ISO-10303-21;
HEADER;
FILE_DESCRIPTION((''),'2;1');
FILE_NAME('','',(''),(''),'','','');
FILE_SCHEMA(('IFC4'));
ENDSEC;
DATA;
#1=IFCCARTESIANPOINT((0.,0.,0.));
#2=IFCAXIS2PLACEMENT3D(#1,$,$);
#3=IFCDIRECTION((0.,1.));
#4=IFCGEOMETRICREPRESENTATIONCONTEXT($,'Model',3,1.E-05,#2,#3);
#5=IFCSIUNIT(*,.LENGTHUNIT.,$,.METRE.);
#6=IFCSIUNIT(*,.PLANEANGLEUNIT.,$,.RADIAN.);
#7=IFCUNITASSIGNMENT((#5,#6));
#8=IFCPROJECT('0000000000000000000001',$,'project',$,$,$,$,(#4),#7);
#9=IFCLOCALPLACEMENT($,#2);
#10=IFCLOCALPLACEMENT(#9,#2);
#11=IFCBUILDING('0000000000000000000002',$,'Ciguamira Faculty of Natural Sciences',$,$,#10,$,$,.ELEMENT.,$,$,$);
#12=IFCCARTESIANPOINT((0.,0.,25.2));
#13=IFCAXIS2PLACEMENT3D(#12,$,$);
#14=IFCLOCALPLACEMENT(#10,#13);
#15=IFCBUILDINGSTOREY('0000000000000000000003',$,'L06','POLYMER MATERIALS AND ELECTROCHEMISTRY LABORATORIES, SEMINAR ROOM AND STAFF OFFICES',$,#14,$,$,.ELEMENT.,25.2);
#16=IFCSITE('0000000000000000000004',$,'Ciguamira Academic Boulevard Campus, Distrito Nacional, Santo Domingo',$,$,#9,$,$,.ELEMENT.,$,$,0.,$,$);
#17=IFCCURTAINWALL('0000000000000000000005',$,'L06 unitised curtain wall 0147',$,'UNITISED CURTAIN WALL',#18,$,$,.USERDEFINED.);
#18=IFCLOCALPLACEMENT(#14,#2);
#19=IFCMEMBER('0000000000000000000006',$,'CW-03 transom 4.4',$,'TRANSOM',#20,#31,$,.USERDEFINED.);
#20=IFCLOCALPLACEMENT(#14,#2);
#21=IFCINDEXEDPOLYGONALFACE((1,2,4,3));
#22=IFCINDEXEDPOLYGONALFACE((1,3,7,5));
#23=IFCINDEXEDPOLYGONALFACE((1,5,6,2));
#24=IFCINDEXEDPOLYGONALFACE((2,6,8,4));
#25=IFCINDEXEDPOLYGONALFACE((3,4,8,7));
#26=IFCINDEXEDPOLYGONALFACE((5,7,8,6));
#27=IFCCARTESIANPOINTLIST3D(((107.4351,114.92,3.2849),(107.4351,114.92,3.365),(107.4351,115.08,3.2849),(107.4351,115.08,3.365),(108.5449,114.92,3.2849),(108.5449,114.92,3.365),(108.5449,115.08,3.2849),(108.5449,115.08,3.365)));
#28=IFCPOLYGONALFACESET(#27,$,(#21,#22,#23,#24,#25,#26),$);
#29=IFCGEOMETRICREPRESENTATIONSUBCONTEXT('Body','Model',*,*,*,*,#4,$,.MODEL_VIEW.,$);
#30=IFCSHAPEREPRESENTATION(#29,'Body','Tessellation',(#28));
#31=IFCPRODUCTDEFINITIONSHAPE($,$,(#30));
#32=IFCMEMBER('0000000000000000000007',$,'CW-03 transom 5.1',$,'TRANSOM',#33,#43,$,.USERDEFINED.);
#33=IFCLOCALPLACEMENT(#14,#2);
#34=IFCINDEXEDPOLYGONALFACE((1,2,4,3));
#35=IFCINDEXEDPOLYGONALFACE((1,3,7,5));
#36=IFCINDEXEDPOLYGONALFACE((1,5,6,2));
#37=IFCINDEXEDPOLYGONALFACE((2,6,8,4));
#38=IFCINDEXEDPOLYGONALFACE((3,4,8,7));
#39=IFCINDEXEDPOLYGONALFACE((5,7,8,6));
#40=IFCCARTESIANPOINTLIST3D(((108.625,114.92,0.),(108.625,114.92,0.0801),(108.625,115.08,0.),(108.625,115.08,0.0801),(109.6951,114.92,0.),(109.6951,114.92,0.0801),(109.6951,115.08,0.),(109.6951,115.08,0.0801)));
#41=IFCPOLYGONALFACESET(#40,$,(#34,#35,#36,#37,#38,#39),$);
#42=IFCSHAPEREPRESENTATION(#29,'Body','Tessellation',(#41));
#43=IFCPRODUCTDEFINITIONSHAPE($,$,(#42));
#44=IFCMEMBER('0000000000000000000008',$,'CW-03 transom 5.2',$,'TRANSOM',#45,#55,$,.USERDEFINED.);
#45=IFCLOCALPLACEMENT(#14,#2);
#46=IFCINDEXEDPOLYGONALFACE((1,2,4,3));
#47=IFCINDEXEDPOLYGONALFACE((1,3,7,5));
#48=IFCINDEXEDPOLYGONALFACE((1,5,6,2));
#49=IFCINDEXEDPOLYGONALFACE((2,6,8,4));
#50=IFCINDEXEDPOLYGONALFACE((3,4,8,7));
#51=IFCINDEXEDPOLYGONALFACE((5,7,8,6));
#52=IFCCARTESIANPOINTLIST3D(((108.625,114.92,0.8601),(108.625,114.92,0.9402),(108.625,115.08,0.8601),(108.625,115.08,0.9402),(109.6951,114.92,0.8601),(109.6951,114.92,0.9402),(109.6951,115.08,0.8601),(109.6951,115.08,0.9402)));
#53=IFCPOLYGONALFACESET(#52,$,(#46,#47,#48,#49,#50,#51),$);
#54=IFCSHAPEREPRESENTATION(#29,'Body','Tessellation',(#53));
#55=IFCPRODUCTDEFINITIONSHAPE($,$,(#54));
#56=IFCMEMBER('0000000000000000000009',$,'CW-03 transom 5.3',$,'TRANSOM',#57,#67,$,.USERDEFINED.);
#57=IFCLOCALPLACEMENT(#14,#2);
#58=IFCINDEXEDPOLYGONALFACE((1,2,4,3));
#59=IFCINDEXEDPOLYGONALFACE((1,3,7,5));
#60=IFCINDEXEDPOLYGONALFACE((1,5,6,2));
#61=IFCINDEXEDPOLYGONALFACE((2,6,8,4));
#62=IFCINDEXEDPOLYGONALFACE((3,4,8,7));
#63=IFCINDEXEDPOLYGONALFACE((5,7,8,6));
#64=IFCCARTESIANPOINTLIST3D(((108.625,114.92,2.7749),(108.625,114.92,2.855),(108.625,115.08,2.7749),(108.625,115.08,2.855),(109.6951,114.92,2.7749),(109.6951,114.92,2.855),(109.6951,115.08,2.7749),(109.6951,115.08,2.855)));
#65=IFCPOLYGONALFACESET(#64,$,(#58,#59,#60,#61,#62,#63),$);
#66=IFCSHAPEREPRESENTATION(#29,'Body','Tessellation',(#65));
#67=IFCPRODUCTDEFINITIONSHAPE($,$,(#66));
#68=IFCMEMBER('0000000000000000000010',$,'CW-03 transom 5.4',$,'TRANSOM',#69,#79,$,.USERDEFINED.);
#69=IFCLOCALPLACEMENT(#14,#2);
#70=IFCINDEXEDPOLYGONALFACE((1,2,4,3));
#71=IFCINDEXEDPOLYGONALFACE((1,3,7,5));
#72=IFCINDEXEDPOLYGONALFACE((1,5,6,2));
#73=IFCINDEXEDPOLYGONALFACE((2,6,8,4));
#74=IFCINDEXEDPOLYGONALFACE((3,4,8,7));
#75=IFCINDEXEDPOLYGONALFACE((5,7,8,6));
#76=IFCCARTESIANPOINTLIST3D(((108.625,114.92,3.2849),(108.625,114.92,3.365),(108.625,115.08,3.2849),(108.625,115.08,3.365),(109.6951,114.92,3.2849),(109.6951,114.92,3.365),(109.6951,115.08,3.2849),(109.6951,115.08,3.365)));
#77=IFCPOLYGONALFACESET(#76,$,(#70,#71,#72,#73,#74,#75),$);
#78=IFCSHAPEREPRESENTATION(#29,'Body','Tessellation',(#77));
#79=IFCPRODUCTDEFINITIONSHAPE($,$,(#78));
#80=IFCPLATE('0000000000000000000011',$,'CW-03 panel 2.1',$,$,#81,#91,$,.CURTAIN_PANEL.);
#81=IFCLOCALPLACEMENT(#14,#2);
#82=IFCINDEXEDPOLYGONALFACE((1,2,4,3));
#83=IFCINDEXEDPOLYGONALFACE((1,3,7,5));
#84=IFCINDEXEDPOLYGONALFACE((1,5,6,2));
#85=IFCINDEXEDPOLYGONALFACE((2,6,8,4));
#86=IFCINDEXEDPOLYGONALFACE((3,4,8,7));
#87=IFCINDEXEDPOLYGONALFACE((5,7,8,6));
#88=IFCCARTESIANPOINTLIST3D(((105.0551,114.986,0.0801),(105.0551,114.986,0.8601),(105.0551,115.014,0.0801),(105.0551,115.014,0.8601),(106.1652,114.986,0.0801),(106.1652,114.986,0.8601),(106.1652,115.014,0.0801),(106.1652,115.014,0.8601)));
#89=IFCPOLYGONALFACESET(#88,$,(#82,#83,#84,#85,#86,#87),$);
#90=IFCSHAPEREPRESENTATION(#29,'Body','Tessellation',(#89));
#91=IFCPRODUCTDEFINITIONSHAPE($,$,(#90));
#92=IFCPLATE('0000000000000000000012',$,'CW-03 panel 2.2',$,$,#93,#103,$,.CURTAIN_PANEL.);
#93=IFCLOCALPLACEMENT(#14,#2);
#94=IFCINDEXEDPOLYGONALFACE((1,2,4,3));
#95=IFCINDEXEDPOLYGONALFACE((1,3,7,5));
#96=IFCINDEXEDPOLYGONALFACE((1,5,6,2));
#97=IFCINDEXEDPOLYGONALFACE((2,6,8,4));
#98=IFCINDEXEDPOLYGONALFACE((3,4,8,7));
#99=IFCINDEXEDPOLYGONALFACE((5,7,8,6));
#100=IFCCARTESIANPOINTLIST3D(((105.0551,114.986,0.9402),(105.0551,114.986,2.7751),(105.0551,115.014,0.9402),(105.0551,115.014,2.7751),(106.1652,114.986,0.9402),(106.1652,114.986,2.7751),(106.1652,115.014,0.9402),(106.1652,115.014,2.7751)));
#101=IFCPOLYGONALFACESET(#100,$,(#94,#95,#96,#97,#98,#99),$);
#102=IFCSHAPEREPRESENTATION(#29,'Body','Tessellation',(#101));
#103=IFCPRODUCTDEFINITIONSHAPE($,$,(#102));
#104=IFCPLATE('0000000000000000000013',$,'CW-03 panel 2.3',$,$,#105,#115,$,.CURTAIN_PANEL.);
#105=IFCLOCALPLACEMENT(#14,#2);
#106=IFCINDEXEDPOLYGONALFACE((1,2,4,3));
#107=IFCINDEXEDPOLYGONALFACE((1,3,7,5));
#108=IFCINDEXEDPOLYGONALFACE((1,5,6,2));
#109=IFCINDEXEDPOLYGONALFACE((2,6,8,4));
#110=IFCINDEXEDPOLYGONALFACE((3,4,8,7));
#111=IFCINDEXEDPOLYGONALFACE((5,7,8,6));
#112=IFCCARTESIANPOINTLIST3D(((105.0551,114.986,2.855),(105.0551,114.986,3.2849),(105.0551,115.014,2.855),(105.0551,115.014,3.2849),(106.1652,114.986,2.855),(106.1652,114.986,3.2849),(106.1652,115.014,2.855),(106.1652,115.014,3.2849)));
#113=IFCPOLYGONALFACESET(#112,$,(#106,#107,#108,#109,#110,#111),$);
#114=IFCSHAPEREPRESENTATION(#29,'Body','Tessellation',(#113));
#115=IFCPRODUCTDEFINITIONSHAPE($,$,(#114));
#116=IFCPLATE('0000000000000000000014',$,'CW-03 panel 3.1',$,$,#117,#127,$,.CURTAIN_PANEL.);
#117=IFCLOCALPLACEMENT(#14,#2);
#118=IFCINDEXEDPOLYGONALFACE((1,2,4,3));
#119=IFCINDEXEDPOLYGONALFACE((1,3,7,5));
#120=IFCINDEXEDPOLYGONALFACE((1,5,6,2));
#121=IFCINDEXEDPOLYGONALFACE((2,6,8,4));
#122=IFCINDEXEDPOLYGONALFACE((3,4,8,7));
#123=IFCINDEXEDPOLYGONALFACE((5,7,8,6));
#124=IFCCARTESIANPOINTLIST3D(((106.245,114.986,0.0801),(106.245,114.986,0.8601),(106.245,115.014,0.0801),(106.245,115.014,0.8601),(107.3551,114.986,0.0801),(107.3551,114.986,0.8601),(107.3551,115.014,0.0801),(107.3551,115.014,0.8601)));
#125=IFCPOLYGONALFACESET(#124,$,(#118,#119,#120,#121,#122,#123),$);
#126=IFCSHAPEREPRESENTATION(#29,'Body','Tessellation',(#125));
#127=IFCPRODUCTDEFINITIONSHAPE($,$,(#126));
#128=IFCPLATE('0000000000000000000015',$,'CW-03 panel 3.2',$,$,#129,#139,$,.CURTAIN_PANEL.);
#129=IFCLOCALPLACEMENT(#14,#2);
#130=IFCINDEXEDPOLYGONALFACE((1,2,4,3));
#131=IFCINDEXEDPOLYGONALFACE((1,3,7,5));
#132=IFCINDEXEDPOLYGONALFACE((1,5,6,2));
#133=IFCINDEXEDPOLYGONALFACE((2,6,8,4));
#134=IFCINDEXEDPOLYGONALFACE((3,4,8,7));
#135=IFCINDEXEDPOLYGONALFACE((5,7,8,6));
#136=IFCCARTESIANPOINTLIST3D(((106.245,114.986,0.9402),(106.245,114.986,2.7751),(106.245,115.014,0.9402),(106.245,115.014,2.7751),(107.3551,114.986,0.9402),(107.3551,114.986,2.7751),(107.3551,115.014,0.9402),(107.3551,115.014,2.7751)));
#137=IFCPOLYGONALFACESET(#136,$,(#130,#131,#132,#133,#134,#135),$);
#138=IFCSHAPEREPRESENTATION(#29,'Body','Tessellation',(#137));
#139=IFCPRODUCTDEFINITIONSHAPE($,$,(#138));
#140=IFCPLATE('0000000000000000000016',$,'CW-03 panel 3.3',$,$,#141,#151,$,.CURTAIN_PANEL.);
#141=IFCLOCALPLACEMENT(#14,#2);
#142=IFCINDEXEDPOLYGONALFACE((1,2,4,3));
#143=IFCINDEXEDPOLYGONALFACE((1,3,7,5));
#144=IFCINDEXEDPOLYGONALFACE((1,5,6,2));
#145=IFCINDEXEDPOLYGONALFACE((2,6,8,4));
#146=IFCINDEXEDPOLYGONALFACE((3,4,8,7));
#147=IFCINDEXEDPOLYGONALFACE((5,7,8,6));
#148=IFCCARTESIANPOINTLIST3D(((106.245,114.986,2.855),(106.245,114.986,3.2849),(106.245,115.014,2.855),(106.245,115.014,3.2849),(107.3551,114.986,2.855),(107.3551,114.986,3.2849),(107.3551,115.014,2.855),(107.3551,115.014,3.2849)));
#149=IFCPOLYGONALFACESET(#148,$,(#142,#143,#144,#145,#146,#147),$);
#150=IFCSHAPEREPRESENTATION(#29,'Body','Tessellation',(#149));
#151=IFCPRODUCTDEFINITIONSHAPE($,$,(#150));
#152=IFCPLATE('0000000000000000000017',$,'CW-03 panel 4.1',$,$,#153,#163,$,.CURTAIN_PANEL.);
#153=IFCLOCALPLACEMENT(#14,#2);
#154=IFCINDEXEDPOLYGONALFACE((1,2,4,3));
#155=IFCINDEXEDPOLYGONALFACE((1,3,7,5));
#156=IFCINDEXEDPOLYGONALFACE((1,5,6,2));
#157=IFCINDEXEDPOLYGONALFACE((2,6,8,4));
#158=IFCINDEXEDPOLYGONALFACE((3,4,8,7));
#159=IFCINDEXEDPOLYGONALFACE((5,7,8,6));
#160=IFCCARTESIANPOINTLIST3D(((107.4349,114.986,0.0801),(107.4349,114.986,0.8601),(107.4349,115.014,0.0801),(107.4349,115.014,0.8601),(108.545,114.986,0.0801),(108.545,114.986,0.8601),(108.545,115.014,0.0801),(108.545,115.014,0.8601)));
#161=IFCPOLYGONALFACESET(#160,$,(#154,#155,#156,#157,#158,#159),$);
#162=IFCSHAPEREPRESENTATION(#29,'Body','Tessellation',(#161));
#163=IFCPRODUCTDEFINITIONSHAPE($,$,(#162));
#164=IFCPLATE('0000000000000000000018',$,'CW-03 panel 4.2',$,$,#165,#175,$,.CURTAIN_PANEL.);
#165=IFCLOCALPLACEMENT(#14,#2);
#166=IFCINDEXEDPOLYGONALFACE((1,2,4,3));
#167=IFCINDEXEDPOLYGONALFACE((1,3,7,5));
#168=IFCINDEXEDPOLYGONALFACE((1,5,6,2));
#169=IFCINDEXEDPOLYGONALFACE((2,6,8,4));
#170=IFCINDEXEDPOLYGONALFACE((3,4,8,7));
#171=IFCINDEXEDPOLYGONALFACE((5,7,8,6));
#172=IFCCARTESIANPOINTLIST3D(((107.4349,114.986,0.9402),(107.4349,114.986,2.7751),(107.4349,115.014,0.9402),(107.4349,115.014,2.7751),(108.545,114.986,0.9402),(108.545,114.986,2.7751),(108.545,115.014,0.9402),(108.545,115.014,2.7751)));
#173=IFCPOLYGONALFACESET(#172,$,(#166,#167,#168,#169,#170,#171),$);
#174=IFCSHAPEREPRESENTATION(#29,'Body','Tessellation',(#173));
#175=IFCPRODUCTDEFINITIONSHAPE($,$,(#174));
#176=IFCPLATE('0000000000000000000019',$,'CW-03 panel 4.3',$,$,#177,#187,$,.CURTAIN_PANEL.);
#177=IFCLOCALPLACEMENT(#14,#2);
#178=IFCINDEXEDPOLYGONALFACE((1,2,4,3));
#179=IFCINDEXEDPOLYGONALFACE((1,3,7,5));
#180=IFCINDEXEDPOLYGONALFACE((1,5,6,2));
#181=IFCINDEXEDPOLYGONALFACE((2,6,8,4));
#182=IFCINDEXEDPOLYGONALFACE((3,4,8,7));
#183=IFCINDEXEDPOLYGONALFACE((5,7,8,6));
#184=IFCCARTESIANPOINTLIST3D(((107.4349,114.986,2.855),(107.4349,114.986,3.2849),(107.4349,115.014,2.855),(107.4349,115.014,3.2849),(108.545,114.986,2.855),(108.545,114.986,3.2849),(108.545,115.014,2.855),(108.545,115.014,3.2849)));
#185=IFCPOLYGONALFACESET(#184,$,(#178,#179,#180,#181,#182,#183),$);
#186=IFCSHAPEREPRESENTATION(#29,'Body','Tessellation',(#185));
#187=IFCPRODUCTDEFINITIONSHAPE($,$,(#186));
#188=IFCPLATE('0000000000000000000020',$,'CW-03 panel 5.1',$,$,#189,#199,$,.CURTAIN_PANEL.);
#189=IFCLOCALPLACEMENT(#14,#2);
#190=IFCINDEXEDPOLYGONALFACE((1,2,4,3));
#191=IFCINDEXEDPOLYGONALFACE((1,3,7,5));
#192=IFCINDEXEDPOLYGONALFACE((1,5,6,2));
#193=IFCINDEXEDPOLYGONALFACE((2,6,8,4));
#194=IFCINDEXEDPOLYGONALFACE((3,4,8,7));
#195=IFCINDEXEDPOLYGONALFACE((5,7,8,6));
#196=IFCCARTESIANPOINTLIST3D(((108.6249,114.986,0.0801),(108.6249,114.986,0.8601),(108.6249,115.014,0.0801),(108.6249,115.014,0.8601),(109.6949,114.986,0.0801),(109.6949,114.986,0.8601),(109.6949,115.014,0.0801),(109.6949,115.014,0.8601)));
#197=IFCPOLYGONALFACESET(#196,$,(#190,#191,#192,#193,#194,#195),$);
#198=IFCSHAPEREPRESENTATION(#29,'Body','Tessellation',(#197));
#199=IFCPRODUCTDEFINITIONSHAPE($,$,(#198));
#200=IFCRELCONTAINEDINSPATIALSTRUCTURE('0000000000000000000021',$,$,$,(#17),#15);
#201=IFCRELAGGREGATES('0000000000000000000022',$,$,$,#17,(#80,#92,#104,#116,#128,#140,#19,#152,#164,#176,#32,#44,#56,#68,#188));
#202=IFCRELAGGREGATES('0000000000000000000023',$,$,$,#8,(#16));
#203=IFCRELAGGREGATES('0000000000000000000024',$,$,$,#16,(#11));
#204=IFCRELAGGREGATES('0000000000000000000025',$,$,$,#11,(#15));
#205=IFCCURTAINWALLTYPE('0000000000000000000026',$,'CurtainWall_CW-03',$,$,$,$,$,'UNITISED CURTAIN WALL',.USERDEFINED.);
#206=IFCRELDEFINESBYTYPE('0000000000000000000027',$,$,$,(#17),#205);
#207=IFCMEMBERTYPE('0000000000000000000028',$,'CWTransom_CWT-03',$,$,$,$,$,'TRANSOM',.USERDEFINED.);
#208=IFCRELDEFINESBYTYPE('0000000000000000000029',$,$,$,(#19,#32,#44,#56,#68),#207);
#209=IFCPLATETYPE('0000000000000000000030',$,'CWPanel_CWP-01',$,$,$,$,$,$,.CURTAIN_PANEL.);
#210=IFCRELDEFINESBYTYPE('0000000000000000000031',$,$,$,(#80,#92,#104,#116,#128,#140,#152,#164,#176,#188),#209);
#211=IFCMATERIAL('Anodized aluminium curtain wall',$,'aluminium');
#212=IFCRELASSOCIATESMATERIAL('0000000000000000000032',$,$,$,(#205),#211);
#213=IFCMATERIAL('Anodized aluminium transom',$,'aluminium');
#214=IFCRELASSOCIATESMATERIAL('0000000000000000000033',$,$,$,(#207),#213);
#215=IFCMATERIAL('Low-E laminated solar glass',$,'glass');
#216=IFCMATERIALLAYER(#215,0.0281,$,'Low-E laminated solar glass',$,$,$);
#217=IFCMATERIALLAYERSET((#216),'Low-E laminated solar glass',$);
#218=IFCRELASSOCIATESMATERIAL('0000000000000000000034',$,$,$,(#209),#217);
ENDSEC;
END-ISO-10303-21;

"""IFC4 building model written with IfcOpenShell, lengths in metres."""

from ifc_helpers import new_model, si_unit, direction, frame, origin, origin_2d, place, context, subcontext, project, spatial, rectangle, extrude, material, layer, layer_set, material_profile, profile_set, type_object, element, aggregate, save


model = new_model("IFC4")

# Units and contexts
model_context = context("Model", 3, precision=1e-05, world=origin(), true_north=direction((0.0, 1.0)))
body_context = subcontext(model_context, "Body", "Model", "MODEL_VIEW")
ifc_project = project(units=[si_unit("LENGTHUNIT", "METRE"), si_unit("PLANEANGLEUNIT", "RADIAN")], contexts=[model_context])

# Site, building, storey
site_placement = place(None, origin())
site = spatial("IfcSite", under=ifc_project, at=site_placement, Name="Ciguamira Academic Boulevard Campus, Distrito Nacional, Santo Domingo", CompositionType="ELEMENT", RefElevation=0.0)
building_placement = place(site_placement, origin())
building = spatial("IfcBuilding", under=site, at=building_placement, Name="Ciguamira Faculty of Natural Sciences", CompositionType="ELEMENT")
storey_placement = place(building_placement, frame((0.0, 0.0, 25.2)))
storey = spatial("IfcBuildingStorey", under=building, at=storey_placement, Name="L06", Description="POLYMER MATERIALS AND ELECTROCHEMISTRY LABORATORIES, SEMINAR ROOM AND STAFF OFFICES", CompositionType="ELEMENT", Elevation=25.2)

# Curtain wall, members, plates
ifc_material_1 = material(Name="Anodized aluminium curtain wall", Category="aluminium")
curtain_wall_type = type_object("IfcCurtainWallType", Name="CurtainWall_CW-03", ElementType="UNITISED CURTAIN WALL", PredefinedType="USERDEFINED", material=ifc_material_1)
curtain_wall_placement = place(storey_placement, origin())
curtain_wall = element("IfcCurtainWall", 1, at=curtain_wall_placement, inside=storey, type_object=curtain_wall_type, Name="L06 unitised curtain wall 0147", ObjectType="UNITISED CURTAIN WALL", PredefinedType="USERDEFINED")
ifc_material_2 = material(Name="Anodized aluminium transom", Category="aluminium")
ifc_material_profile_1 = material_profile(ifc_material_2, rectangle(XDim=0.0801, YDim=0.1599, at=origin_2d()), Name="ALU-TRN-80X160")
ifc_profile_set_1 = profile_set([ifc_material_profile_1], Name="Anodized aluminium transom")
member_type_1 = type_object("IfcMemberType", Name="CWTransom_CWT-03", ElementType="TRANSOM", PredefinedType="USERDEFINED", material=ifc_profile_set_1)
member_1_placement = place(storey_placement, frame((107.4351, 115.0, 3.325), z_axis=(1.0, 0.0, 0.0), x_axis=(0.0, 0.0, 1.0)))
member_1 = element("IfcMember", 2, at=member_1_placement, type_object=member_type_1, Name="CW-03 transom 4.4", ObjectType="TRANSOM", PredefinedType="USERDEFINED", context=body_context, shape_type="SweptSolid", body=[
    extrude(rectangle(XDim=0.0801, YDim=0.1599, at=origin_2d()), origin(), (0.0, 0.0, 1.0), 1.1099),
])
member_2_placement = place(storey_placement, frame((108.625, 115.0, 0.04), z_axis=(1.0, 0.0, 0.0), x_axis=(0.0, 0.0, 1.0)))
member_2 = element("IfcMember", 3, at=member_2_placement, type_object=member_type_1, Name="CW-03 transom 5.1", ObjectType="TRANSOM", PredefinedType="USERDEFINED", context=body_context, shape_type="SweptSolid", body=[
    extrude(rectangle(XDim=0.0801, YDim=0.1599, at=origin_2d()), origin(), (0.0, 0.0, 1.0), 1.0701),
])
member_3_placement = place(storey_placement, frame((108.625, 115.0, 0.9001), z_axis=(1.0, 0.0, 0.0), x_axis=(0.0, 0.0, 1.0)))
member_3 = element("IfcMember", 4, at=member_3_placement, type_object=member_type_1, Name="CW-03 transom 5.2", ObjectType="TRANSOM", PredefinedType="USERDEFINED", context=body_context, shape_type="SweptSolid", body=[
    extrude(rectangle(XDim=0.0801, YDim=0.1599, at=origin_2d()), origin(), (0.0, 0.0, 1.0), 1.0701),
])
member_4_placement = place(storey_placement, frame((108.625, 115.0, 2.8149), z_axis=(1.0, 0.0, 0.0), x_axis=(0.0, 0.0, 1.0)))
member_4 = element("IfcMember", 5, at=member_4_placement, type_object=member_type_1, Name="CW-03 transom 5.3", ObjectType="TRANSOM", PredefinedType="USERDEFINED", context=body_context, shape_type="SweptSolid", body=[
    extrude(rectangle(XDim=0.0801, YDim=0.1599, at=origin_2d()), origin(), (0.0, 0.0, 1.0), 1.0701),
])
member_5_placement = place(storey_placement, frame((108.625, 115.0, 3.325), z_axis=(1.0, 0.0, 0.0), x_axis=(0.0, 0.0, 1.0)))
member_5 = element("IfcMember", 6, at=member_5_placement, type_object=member_type_1, Name="CW-03 transom 5.4", ObjectType="TRANSOM", PredefinedType="USERDEFINED", context=body_context, shape_type="SweptSolid", body=[
    extrude(rectangle(XDim=0.0801, YDim=0.1599, at=origin_2d()), origin(), (0.0, 0.0, 1.0), 1.0701),
])
ifc_material_3 = material(Name="Low-E laminated solar glass", Category="glass")
ifc_layer = layer(ifc_material_3, 0.0281, Name="Low-E laminated solar glass")
ifc_layer_set = layer_set([ifc_layer], Name="Low-E laminated solar glass")
plate_type = type_object("IfcPlateType", Name="CWPanel_CWP-01", PredefinedType="CURTAIN_PANEL", material=ifc_layer_set)
plate_1_placement = place(storey_placement, frame((105.6101, 115.0, 0.0801), z_axis=(0.0, 0.0, 1.0), x_axis=(1.0, 0.0, 0.0)))
plate_1 = element("IfcPlate", 7, at=plate_1_placement, type_object=plate_type, Name="CW-03 panel 2.1", PredefinedType="CURTAIN_PANEL", context=body_context, shape_type="SweptSolid", body=[
    extrude(rectangle(XDim=1.1101, YDim=0.0281, at=origin_2d()), origin(), (0.0, 0.0, 1.0), 0.78),
])
plate_2_placement = place(storey_placement, frame((105.6101, 115.0, 0.9402), z_axis=(0.0, 0.0, 1.0), x_axis=(1.0, 0.0, 0.0)))
plate_2 = element("IfcPlate", 8, at=plate_2_placement, type_object=plate_type, Name="CW-03 panel 2.2", PredefinedType="CURTAIN_PANEL", context=body_context, shape_type="SweptSolid", body=[
    extrude(rectangle(XDim=1.1101, YDim=0.0281, at=origin_2d()), origin(), (0.0, 0.0, 1.0), 1.835),
])
plate_3_placement = place(storey_placement, frame((105.6101, 115.0, 2.855), z_axis=(0.0, 0.0, 1.0), x_axis=(1.0, 0.0, 0.0)))
plate_3 = element("IfcPlate", 9, at=plate_3_placement, type_object=plate_type, Name="CW-03 panel 2.3", PredefinedType="CURTAIN_PANEL", context=body_context, shape_type="SweptSolid", body=[
    extrude(rectangle(XDim=1.1101, YDim=0.0281, at=origin_2d()), origin(), (0.0, 0.0, 1.0), 0.4299),
])
plate_4_placement = place(storey_placement, frame((106.8, 115.0, 0.0801), z_axis=(0.0, 0.0, 1.0), x_axis=(1.0, 0.0, 0.0)))
plate_4 = element("IfcPlate", 10, at=plate_4_placement, type_object=plate_type, Name="CW-03 panel 3.1", PredefinedType="CURTAIN_PANEL", context=body_context, shape_type="SweptSolid", body=[
    extrude(rectangle(XDim=1.1101, YDim=0.0281, at=origin_2d()), origin(), (0.0, 0.0, 1.0), 0.78),
])
plate_5_placement = place(storey_placement, frame((106.8, 115.0, 0.9402), z_axis=(0.0, 0.0, 1.0), x_axis=(1.0, 0.0, 0.0)))
plate_5 = element("IfcPlate", 11, at=plate_5_placement, type_object=plate_type, Name="CW-03 panel 3.2", PredefinedType="CURTAIN_PANEL", context=body_context, shape_type="SweptSolid", body=[
    extrude(rectangle(XDim=1.1101, YDim=0.0281, at=origin_2d()), origin(), (0.0, 0.0, 1.0), 1.835),
])
plate_6_placement = place(storey_placement, frame((106.8, 115.0, 2.855), z_axis=(0.0, 0.0, 1.0), x_axis=(1.0, 0.0, 0.0)))
plate_6 = element("IfcPlate", 12, at=plate_6_placement, type_object=plate_type, Name="CW-03 panel 3.3", PredefinedType="CURTAIN_PANEL", context=body_context, shape_type="SweptSolid", body=[
    extrude(rectangle(XDim=1.1101, YDim=0.0281, at=origin_2d()), origin(), (0.0, 0.0, 1.0), 0.4299),
])
plate_7_placement = place(storey_placement, frame((107.99, 115.0, 0.0801), z_axis=(0.0, 0.0, 1.0), x_axis=(1.0, 0.0, 0.0)))
plate_7 = element("IfcPlate", 13, at=plate_7_placement, type_object=plate_type, Name="CW-03 panel 4.1", PredefinedType="CURTAIN_PANEL", context=body_context, shape_type="SweptSolid", body=[
    extrude(rectangle(XDim=1.1101, YDim=0.0281, at=origin_2d()), origin(), (0.0, 0.0, 1.0), 0.78),
])
plate_8_placement = place(storey_placement, frame((107.99, 115.0, 0.9402), z_axis=(0.0, 0.0, 1.0), x_axis=(1.0, 0.0, 0.0)))
plate_8 = element("IfcPlate", 14, at=plate_8_placement, type_object=plate_type, Name="CW-03 panel 4.2", PredefinedType="CURTAIN_PANEL", context=body_context, shape_type="SweptSolid", body=[
    extrude(rectangle(XDim=1.1101, YDim=0.0281, at=origin_2d()), origin(), (0.0, 0.0, 1.0), 1.835),
])
plate_9_placement = place(storey_placement, frame((107.99, 115.0, 2.855), z_axis=(0.0, 0.0, 1.0), x_axis=(1.0, 0.0, 0.0)))
plate_9 = element("IfcPlate", 15, at=plate_9_placement, type_object=plate_type, Name="CW-03 panel 4.3", PredefinedType="CURTAIN_PANEL", context=body_context, shape_type="SweptSolid", body=[
    extrude(rectangle(XDim=1.1101, YDim=0.0281, at=origin_2d()), origin(), (0.0, 0.0, 1.0), 0.4299),
])
plate_10_placement = place(storey_placement, frame((109.1599, 115.0, 0.0801), z_axis=(0.0, 0.0, 1.0), x_axis=(1.0, 0.0, 0.0)))
plate_10 = element("IfcPlate", 16, at=plate_10_placement, type_object=plate_type, Name="CW-03 panel 5.1", PredefinedType="CURTAIN_PANEL", context=body_context, shape_type="SweptSolid", body=[
    extrude(rectangle(XDim=1.0701, YDim=0.0281, at=origin_2d()), origin(), (0.0, 0.0, 1.0), 0.78),
])
aggregate(curtain_wall, [plate_1, plate_2, plate_3, plate_4, plate_5, plate_6, member_1, plate_7, plate_8, plate_9, member_2, member_3, member_4, member_5, plate_10])

save(model, "model.ifc")
